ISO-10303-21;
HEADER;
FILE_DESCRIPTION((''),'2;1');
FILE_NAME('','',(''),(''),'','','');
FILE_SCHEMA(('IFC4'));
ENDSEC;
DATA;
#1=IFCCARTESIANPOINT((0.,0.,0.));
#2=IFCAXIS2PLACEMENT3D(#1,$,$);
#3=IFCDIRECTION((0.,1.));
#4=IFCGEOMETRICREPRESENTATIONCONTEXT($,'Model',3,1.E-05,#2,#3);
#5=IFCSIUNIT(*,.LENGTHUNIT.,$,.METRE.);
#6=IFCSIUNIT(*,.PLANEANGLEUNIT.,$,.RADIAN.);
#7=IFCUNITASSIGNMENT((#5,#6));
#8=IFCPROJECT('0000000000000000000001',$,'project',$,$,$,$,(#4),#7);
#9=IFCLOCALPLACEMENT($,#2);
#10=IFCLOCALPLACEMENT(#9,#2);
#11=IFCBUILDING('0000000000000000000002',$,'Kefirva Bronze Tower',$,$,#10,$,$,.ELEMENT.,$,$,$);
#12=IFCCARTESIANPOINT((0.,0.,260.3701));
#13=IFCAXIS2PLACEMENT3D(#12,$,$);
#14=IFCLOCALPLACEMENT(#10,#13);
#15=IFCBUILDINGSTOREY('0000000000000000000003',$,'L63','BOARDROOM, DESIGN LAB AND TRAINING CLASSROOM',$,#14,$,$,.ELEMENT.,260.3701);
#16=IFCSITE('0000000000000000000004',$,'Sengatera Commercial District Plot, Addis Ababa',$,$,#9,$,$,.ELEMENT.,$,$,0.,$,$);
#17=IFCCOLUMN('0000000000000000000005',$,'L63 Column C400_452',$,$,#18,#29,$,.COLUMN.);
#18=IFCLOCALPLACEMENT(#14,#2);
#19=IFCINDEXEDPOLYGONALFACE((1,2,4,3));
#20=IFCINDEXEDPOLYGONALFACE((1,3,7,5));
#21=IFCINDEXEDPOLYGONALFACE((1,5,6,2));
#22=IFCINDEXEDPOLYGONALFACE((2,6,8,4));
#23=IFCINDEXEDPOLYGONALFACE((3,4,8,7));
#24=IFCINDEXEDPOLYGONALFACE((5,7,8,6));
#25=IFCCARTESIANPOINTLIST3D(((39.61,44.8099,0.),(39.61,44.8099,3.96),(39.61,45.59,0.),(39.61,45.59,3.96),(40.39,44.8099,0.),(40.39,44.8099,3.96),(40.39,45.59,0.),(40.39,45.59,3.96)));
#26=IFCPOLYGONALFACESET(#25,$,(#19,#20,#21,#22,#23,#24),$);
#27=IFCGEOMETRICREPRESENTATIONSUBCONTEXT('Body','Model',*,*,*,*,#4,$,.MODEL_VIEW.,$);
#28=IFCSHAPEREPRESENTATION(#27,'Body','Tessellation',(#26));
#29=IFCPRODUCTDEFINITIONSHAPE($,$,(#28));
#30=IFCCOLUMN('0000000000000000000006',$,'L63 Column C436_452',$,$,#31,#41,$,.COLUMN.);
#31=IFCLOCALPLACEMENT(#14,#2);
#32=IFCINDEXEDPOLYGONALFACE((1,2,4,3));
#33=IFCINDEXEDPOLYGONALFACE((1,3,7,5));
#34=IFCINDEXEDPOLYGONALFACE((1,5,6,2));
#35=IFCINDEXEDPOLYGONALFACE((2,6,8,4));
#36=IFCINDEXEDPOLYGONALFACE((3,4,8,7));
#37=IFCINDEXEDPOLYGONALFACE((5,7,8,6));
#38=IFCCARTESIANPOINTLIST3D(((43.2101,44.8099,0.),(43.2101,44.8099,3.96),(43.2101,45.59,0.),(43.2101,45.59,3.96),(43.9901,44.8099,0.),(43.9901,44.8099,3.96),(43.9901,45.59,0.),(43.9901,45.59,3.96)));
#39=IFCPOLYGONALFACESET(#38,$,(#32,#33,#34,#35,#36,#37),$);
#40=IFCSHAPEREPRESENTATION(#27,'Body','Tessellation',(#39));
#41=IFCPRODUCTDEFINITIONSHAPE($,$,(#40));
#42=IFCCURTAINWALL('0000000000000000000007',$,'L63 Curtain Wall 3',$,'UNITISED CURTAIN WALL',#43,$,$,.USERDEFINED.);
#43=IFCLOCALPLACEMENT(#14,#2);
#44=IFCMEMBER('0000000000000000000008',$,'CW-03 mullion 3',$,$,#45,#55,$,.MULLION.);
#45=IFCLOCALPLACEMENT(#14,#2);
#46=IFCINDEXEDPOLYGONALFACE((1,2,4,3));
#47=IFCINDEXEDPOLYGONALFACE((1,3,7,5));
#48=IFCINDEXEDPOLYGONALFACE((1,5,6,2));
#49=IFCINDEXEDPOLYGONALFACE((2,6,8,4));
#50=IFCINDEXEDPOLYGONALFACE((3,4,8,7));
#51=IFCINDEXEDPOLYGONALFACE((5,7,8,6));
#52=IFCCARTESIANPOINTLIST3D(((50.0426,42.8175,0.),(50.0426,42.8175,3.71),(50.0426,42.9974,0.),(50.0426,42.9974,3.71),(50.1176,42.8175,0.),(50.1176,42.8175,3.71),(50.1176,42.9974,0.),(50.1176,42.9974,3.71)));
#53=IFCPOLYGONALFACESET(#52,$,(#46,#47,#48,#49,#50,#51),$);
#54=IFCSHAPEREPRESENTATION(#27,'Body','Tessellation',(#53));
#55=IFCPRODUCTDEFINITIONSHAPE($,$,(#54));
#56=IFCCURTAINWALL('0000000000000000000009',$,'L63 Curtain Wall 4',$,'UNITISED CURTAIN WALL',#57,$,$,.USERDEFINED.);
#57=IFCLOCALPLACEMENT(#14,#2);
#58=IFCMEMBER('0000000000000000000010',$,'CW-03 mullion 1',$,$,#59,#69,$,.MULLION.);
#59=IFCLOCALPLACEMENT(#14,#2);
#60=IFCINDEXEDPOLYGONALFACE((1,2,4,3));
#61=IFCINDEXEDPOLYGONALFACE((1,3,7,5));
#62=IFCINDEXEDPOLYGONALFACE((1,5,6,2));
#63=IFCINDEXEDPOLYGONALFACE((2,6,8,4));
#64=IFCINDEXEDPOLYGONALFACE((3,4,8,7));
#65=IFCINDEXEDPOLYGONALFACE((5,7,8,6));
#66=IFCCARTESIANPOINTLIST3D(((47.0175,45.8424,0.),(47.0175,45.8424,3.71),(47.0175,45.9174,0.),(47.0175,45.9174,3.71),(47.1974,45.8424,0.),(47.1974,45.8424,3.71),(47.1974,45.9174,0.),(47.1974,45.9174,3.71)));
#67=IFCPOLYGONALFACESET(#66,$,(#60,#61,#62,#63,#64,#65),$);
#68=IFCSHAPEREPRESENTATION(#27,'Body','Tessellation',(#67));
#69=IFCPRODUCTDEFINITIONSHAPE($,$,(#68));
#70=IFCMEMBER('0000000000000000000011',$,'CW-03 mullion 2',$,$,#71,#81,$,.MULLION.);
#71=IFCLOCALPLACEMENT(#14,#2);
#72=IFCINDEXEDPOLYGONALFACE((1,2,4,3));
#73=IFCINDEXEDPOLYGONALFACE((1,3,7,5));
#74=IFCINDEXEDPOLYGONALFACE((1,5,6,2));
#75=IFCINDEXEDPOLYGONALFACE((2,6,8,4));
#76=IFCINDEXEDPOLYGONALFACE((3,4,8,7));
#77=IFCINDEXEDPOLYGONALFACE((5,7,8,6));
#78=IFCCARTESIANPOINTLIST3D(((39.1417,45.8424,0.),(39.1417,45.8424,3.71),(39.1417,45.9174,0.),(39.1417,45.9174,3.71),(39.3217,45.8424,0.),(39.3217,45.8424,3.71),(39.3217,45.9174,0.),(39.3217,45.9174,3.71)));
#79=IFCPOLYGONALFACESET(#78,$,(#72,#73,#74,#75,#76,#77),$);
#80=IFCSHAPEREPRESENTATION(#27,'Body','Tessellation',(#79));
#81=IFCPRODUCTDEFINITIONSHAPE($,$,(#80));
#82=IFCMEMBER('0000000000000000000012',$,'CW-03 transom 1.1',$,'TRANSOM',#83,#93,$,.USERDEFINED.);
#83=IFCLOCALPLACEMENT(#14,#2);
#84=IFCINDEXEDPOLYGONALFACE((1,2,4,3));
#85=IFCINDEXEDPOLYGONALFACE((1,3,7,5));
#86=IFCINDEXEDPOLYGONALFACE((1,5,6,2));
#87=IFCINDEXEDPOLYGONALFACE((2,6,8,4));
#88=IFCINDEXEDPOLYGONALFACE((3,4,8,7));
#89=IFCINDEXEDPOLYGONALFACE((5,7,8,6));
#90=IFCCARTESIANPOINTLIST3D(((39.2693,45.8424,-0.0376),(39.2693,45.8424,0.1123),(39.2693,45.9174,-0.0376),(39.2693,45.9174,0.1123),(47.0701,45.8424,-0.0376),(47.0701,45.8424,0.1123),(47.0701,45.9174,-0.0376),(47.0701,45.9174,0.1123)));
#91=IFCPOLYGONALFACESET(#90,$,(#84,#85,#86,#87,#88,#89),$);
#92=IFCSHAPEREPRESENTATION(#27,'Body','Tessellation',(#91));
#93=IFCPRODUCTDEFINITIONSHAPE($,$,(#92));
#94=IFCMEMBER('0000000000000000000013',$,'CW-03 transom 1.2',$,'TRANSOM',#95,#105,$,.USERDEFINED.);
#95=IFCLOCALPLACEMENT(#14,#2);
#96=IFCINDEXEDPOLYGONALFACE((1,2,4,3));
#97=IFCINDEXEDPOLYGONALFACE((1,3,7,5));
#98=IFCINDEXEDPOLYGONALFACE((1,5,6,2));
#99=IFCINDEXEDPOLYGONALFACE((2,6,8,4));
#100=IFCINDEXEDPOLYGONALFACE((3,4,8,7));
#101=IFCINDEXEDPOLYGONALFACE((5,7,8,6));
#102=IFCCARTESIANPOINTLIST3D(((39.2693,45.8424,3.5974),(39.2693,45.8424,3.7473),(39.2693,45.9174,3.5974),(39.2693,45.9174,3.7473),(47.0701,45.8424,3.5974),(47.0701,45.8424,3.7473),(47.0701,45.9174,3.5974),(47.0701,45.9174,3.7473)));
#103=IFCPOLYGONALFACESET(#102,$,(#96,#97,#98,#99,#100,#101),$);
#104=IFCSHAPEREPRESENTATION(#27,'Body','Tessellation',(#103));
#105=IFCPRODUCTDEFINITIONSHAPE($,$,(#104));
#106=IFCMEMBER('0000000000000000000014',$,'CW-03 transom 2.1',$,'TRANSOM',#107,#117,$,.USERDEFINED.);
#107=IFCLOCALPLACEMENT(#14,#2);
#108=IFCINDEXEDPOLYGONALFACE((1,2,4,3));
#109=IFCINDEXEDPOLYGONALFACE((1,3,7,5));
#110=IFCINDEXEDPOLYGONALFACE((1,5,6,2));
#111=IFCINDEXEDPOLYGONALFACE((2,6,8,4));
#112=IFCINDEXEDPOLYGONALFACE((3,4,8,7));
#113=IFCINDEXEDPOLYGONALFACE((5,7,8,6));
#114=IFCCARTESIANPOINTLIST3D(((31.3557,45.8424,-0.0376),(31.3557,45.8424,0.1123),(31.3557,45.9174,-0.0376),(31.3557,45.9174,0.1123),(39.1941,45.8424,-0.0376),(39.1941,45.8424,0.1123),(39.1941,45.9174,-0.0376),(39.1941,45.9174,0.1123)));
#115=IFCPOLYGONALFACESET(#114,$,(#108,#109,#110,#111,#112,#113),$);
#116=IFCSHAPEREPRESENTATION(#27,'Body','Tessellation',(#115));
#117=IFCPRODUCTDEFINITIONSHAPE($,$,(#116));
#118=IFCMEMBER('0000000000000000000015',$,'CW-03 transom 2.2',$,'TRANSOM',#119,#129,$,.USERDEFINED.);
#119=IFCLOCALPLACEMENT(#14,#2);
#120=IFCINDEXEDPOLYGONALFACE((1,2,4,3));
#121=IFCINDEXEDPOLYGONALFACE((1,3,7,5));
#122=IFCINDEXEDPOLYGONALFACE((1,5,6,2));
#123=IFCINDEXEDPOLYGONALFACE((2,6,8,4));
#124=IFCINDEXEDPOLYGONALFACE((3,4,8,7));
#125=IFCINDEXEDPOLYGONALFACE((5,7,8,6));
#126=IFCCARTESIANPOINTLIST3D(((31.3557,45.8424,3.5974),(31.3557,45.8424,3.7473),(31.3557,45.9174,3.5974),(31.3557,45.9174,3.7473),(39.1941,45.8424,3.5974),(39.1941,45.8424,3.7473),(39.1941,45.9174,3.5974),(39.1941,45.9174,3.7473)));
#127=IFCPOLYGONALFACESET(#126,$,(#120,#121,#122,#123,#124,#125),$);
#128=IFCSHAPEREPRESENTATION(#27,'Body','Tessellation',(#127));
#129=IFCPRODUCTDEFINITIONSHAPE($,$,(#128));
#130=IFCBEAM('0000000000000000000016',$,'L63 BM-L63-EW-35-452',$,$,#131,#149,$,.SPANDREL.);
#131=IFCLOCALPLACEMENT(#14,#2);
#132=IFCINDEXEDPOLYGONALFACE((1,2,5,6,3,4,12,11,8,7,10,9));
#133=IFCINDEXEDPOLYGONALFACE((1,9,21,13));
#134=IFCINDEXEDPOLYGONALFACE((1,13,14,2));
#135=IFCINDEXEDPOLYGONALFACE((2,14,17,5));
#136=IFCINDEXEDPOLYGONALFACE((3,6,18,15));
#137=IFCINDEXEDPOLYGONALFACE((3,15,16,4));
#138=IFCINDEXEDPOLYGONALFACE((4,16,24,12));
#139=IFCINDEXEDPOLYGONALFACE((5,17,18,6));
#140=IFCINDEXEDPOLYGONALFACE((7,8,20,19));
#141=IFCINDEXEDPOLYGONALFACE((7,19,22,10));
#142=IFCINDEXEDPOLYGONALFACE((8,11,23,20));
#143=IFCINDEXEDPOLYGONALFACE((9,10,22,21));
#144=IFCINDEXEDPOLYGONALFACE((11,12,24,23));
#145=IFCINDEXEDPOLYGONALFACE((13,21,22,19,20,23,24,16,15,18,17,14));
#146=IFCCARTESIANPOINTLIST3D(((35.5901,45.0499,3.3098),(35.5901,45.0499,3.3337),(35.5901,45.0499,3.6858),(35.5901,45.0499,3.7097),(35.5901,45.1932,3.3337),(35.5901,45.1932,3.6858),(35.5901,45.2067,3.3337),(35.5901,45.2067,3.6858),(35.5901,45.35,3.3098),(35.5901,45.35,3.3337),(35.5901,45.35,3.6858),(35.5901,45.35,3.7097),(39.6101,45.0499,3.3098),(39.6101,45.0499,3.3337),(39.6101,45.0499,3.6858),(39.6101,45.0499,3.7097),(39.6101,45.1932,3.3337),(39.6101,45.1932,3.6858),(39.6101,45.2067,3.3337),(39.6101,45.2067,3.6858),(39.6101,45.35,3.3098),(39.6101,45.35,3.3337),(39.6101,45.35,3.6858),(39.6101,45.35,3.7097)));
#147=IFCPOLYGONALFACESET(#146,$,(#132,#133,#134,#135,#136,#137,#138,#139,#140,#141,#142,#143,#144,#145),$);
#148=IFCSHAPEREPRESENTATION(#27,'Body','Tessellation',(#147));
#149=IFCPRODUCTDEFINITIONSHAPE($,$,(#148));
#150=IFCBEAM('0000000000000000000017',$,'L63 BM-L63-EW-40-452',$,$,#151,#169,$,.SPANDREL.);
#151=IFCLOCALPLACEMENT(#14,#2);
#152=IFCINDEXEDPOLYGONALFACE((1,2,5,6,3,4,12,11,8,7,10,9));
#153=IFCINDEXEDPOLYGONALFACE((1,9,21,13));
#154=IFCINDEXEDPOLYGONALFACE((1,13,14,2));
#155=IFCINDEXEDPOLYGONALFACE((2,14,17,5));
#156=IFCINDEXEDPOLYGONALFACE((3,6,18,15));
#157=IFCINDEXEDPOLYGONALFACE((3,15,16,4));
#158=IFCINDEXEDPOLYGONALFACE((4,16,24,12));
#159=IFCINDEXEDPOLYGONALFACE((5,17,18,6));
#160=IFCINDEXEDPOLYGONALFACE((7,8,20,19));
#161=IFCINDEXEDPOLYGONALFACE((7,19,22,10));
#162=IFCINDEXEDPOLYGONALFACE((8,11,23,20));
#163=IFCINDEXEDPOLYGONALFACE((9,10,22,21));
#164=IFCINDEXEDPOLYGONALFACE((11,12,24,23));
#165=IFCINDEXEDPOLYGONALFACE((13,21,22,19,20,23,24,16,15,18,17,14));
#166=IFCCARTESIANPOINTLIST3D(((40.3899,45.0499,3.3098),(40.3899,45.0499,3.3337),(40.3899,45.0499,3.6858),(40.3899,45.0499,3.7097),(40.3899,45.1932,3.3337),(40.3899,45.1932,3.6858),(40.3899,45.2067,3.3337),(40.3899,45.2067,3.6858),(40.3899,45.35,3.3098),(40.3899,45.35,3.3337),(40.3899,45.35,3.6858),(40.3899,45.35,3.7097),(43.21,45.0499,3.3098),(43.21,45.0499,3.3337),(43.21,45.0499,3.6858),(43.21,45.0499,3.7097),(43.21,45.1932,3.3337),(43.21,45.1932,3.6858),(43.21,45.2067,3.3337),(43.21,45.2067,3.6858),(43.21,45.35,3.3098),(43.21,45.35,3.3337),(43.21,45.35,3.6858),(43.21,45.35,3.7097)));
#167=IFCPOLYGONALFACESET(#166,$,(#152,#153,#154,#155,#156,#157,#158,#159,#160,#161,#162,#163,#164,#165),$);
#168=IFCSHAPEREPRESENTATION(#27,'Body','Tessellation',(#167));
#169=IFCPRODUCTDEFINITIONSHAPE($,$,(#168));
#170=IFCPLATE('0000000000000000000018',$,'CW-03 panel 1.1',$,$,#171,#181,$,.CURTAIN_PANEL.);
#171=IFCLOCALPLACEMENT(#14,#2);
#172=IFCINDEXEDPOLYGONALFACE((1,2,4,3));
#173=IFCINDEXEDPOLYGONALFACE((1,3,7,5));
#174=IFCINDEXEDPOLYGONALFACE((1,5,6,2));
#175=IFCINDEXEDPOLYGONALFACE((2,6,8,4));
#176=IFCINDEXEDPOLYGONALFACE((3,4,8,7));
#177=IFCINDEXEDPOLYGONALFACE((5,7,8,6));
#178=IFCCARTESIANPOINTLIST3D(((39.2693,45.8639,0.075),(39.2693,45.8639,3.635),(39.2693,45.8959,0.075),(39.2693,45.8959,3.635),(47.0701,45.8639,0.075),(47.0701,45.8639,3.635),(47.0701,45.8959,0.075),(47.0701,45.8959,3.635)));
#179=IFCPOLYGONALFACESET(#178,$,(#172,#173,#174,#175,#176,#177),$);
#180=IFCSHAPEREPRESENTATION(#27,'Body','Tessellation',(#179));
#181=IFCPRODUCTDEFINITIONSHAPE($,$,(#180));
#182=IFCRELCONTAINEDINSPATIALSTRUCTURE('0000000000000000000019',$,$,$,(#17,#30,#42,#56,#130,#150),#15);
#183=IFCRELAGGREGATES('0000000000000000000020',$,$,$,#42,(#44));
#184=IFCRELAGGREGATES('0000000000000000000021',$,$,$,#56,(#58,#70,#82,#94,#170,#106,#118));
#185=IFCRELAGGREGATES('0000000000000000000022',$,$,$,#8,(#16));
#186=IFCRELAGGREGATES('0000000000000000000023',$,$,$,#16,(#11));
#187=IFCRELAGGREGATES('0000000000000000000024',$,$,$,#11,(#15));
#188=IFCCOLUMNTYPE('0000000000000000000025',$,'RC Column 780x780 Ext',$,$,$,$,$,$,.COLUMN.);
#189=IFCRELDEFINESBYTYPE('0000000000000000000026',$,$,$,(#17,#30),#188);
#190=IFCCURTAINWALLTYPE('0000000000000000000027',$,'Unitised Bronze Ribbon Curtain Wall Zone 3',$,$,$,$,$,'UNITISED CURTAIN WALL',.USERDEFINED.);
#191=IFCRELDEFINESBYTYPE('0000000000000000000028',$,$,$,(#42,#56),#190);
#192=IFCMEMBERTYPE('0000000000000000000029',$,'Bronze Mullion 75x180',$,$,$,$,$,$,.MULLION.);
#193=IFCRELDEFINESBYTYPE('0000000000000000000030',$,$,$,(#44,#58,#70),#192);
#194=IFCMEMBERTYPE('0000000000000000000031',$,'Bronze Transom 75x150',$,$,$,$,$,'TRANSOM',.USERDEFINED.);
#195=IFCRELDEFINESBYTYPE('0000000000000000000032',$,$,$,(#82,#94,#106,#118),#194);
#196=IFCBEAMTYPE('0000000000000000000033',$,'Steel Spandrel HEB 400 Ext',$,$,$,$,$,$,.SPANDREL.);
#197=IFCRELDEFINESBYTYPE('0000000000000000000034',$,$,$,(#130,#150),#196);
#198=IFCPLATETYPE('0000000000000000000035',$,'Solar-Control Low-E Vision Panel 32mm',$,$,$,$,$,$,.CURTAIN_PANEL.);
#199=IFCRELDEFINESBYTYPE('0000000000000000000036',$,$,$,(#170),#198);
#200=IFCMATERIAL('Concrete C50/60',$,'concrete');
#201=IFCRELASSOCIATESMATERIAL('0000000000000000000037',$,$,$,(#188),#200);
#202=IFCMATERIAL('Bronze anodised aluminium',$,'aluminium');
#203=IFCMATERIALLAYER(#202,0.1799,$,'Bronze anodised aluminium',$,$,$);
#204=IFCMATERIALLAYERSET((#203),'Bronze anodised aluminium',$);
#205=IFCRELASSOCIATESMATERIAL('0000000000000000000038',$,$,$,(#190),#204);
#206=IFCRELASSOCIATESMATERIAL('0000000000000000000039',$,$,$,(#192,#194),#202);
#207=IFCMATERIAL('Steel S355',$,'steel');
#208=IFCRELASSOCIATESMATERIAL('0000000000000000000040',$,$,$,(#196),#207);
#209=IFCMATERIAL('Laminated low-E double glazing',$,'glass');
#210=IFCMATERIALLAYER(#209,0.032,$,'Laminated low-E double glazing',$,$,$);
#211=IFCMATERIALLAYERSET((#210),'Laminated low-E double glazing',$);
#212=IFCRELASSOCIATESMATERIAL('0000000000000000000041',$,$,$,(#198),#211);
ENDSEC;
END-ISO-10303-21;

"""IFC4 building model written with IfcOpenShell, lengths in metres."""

from ifc_helpers import new_model, si_unit, direction, frame, origin, origin_2d, place, context, subcontext, project, spatial, rectangle, i_section, extrude, material, layer, layer_set, material_profile, profile_set, type_object, element, aggregate, save


model = new_model("IFC4")

# Units and contexts
model_context = context("Model", 3, precision=1e-05, world=origin(), true_north=direction((0.0, 1.0)))
body_context = subcontext(model_context, "Body", "Model", "MODEL_VIEW")
ifc_project = project(units=[si_unit("LENGTHUNIT", "METRE"), si_unit("PLANEANGLEUNIT", "RADIAN")], contexts=[model_context])

# Site, building, storey
site_placement = place(None, origin())
site = spatial("IfcSite", under=ifc_project, at=site_placement, Name="Sengatera Commercial District Plot, Addis Ababa", CompositionType="ELEMENT", RefElevation=0.0)
building_placement = place(site_placement, origin())
building = spatial("IfcBuilding", under=site, at=building_placement, Name="Kefirva Bronze Tower", CompositionType="ELEMENT")
storey_placement = place(building_placement, frame((0.0, 0.0, 260.3701)))
storey = spatial("IfcBuildingStorey", under=building, at=storey_placement, Name="L63", Description="BOARDROOM, DESIGN LAB AND TRAINING CLASSROOM", CompositionType="ELEMENT", Elevation=260.3701)

# Columns
ifc_material_1 = material(Name="Concrete C50/60", Category="concrete")
ifc_material_profile_1 = material_profile(ifc_material_1, rectangle(XDim=0.78, YDim=0.78, at=origin_2d()), Name="RC 780x780")
ifc_profile_set_1 = profile_set([ifc_material_profile_1], Name="Concrete C50/60")
column_type = type_object("IfcColumnType", Name="RC Column 780x780 Ext", PredefinedType="COLUMN", material=ifc_profile_set_1)
for number, where, z_axis, x_axis, name in (
    (1, (40.0, 45.2, 0.0), (0.0, 0.0, 1.0), (1.0, 0.0, 0.0), "L63 Column C400_452"),
    (2, (43.6001, 45.2, 0.0), (0.0, 0.0, 1.0), (1.0, 0.0, 0.0), "L63 Column C436_452"),
):
    element("IfcColumn", number, at=place(storey_placement, frame(where, z_axis=z_axis, x_axis=x_axis)), inside=storey, type_object=column_type, Name=name, PredefinedType="COLUMN", context=body_context, shape_type="SweptSolid", body=[
        extrude(rectangle(XDim=0.78, YDim=0.78, at=origin_2d()), origin(), (0.0, 0.0, 1.0), 3.96),
    ])

# Curtain wall, member
ifc_material_2 = material(Name="Bronze anodised aluminium", Category="aluminium")
ifc_layer_1 = layer(ifc_material_2, 0.1799, Name="Bronze anodised aluminium")
ifc_layer_set_1 = layer_set([ifc_layer_1], Name="Bronze anodised aluminium")
curtain_wall_type = type_object("IfcCurtainWallType", Name="Unitised Bronze Ribbon Curtain Wall Zone 3", ElementType="UNITISED CURTAIN WALL", PredefinedType="USERDEFINED", material=ifc_layer_set_1)
curtain_wall_1_placement = place(storey_placement, origin())
curtain_wall_1 = element("IfcCurtainWall", 3, at=curtain_wall_1_placement, inside=storey, type_object=curtain_wall_type, Name="L63 Curtain Wall 3", ObjectType="UNITISED CURTAIN WALL", PredefinedType="USERDEFINED")
ifc_material_profile_2 = material_profile(ifc_material_2, rectangle(XDim=0.075, YDim=0.1799, at=origin_2d()), Name="ALU 75x180")
ifc_profile_set_2 = profile_set([ifc_material_profile_2], Name="Bronze anodised aluminium")
member_type_1 = type_object("IfcMemberType", Name="Bronze Mullion 75x180", PredefinedType="MULLION", material=ifc_profile_set_2)
member_1_placement = place(storey_placement, frame((50.0801, 42.9075, 0.0), z_axis=(0.0, 0.0, 1.0), x_axis=(-1.0, 0.0, 0.0)))
member_1 = element("IfcMember", 4, at=member_1_placement, type_object=member_type_1, Name="CW-03 mullion 3", PredefinedType="MULLION", context=body_context, shape_type="SweptSolid", body=[
    extrude(rectangle(XDim=0.075, YDim=0.1799, at=origin_2d()), origin(), (0.0, 0.0, 1.0), 3.71),
])
aggregate(curtain_wall_1, [member_1])

# Curtain wall, members
curtain_wall_2_placement = place(storey_placement, origin())
curtain_wall_2 = element("IfcCurtainWall", 5, at=curtain_wall_2_placement, inside=storey, type_object=curtain_wall_type, Name="L63 Curtain Wall 4", ObjectType="UNITISED CURTAIN WALL", PredefinedType="USERDEFINED")
member_2_placement = place(storey_placement, frame((47.1074, 45.8799, 0.0), z_axis=(0.0, 0.0, 1.0), x_axis=(0.0, -1.0, 0.0)))
member_2 = element("IfcMember", 6, at=member_2_placement, type_object=member_type_1, Name="CW-03 mullion 1", PredefinedType="MULLION", context=body_context, shape_type="SweptSolid", body=[
    extrude(rectangle(XDim=0.075, YDim=0.1799, at=origin_2d()), origin(), (0.0, 0.0, 1.0), 3.71),
])
member_3_placement = place(storey_placement, frame((39.2317, 45.8799, 0.0), z_axis=(0.0, 0.0, 1.0), x_axis=(0.0, -1.0, 0.0)))
member_3 = element("IfcMember", 7, at=member_3_placement, type_object=member_type_1, Name="CW-03 mullion 2", PredefinedType="MULLION", context=body_context, shape_type="SweptSolid", body=[
    extrude(rectangle(XDim=0.075, YDim=0.1799, at=origin_2d()), origin(), (0.0, 0.0, 1.0), 3.71),
])
ifc_material_profile_3 = material_profile(ifc_material_2, rectangle(XDim=0.075, YDim=0.1499, at=origin_2d()), Name="ALU 75x150")
ifc_profile_set_3 = profile_set([ifc_material_profile_3], Name="Bronze anodised aluminium")
member_type_2 = type_object("IfcMemberType", Name="Bronze Transom 75x150", ElementType="TRANSOM", PredefinedType="USERDEFINED", material=ifc_profile_set_3)
member_4_placement = place(storey_placement, frame((47.0701, 45.8799, 0.0374), z_axis=(-1.0, 0.0, 0.0), x_axis=(0.0, -1.0, 0.0)))
member_4 = element("IfcMember", 8, at=member_4_placement, type_object=member_type_2, Name="CW-03 transom 1.1", ObjectType="TRANSOM", PredefinedType="USERDEFINED", context=body_context, shape_type="SweptSolid", body=[
    extrude(rectangle(XDim=0.075, YDim=0.1499, at=origin_2d()), origin(), (0.0, 0.0, 1.0), 7.8008),
])
member_5_placement = place(storey_placement, frame((47.0701, 45.8799, 3.6724), z_axis=(-1.0, 0.0, 0.0), x_axis=(0.0, -1.0, 0.0)))
member_5 = element("IfcMember", 9, at=member_5_placement, type_object=member_type_2, Name="CW-03 transom 1.2", ObjectType="TRANSOM", PredefinedType="USERDEFINED", context=body_context, shape_type="SweptSolid", body=[
    extrude(rectangle(XDim=0.075, YDim=0.1499, at=origin_2d()), origin(), (0.0, 0.0, 1.0), 7.8008),
])
member_6_placement = place(storey_placement, frame((39.1941, 45.8799, 0.0374), z_axis=(-1.0, 0.0, 0.0), x_axis=(0.0, -1.0, 0.0)))
member_6 = element("IfcMember", 10, at=member_6_placement, type_object=member_type_2, Name="CW-03 transom 2.1", ObjectType="TRANSOM", PredefinedType="USERDEFINED", context=body_context, shape_type="SweptSolid", body=[
    extrude(rectangle(XDim=0.075, YDim=0.1499, at=origin_2d()), origin(), (0.0, 0.0, 1.0), 7.8384),
])
member_7_placement = place(storey_placement, frame((39.1941, 45.8799, 3.6724), z_axis=(-1.0, 0.0, 0.0), x_axis=(0.0, -1.0, 0.0)))
member_7 = element("IfcMember", 11, at=member_7_placement, type_object=member_type_2, Name="CW-03 transom 2.2", ObjectType="TRANSOM", PredefinedType="USERDEFINED", context=body_context, shape_type="SweptSolid", body=[
    extrude(rectangle(XDim=0.075, YDim=0.1499, at=origin_2d()), origin(), (0.0, 0.0, 1.0), 7.8384),
])

# Beams
ifc_material_3 = material(Name="Steel S355", Category="steel")
ifc_material_profile_4 = material_profile(ifc_material_3, i_section(OverallWidth=0.3, OverallDepth=0.3999, WebThickness=0.0134, FlangeThickness=0.0239, at=origin_2d()), Name="HEB 400")
ifc_profile_set_4 = profile_set([ifc_material_profile_4], Name="Steel S355")
beam_type = type_object("IfcBeamType", Name="Steel Spandrel HEB 400 Ext", PredefinedType="SPANDREL", material=ifc_profile_set_4)
beam_1_placement = place(storey_placement, frame((35.5901, 45.2, 3.5098), z_axis=(1.0, 0.0, 0.0), x_axis=(0.0, 1.0, 0.0)))
element("IfcBeam", 12, at=beam_1_placement, inside=storey, type_object=beam_type, Name="L63 BM-L63-EW-35-452", PredefinedType="SPANDREL", context=body_context, shape_type="SweptSolid", body=[
    extrude(i_section(OverallWidth=0.3, OverallDepth=0.3999, WebThickness=0.0134, FlangeThickness=0.0239, at=origin_2d()), origin(), (0.0, 0.0, 1.0), 4.02),
])
beam_2_placement = place(storey_placement, frame((40.3899, 45.2, 3.5098), z_axis=(1.0, 0.0, 0.0), x_axis=(0.0, 1.0, 0.0)))
element("IfcBeam", 13, at=beam_2_placement, inside=storey, type_object=beam_type, Name="L63 BM-L63-EW-40-452", PredefinedType="SPANDREL", context=body_context, shape_type="SweptSolid", body=[
    extrude(i_section(OverallWidth=0.3, OverallDepth=0.3999, WebThickness=0.0134, FlangeThickness=0.0239, at=origin_2d()), origin(), (0.0, 0.0, 1.0), 2.8201),
])

# Plate
ifc_material_4 = material(Name="Laminated low-E double glazing", Category="glass")
ifc_layer_2 = layer(ifc_material_4, 0.032, Name="Laminated low-E double glazing")
ifc_layer_set_2 = layer_set([ifc_layer_2], Name="Laminated low-E double glazing")
plate_type = type_object("IfcPlateType", Name="Solar-Control Low-E Vision Panel 32mm", PredefinedType="CURTAIN_PANEL", material=ifc_layer_set_2)
plate_placement = place(storey_placement, frame((43.1697, 45.8799, 0.075), z_axis=(0.0, 0.0, 1.0), x_axis=(-1.0, 0.0, 0.0)))
plate = element("IfcPlate", 14, at=plate_placement, type_object=plate_type, Name="CW-03 panel 1.1", PredefinedType="CURTAIN_PANEL", context=body_context, shape_type="SweptSolid", body=[
    extrude(rectangle(XDim=7.8008, YDim=0.032, at=origin_2d()), origin(), (0.0, 0.0, 1.0), 3.5601),
])
aggregate(curtain_wall_2, [member_2, member_3, member_4, member_5, plate, member_6, member_7])

save(model, "model.ifc")
